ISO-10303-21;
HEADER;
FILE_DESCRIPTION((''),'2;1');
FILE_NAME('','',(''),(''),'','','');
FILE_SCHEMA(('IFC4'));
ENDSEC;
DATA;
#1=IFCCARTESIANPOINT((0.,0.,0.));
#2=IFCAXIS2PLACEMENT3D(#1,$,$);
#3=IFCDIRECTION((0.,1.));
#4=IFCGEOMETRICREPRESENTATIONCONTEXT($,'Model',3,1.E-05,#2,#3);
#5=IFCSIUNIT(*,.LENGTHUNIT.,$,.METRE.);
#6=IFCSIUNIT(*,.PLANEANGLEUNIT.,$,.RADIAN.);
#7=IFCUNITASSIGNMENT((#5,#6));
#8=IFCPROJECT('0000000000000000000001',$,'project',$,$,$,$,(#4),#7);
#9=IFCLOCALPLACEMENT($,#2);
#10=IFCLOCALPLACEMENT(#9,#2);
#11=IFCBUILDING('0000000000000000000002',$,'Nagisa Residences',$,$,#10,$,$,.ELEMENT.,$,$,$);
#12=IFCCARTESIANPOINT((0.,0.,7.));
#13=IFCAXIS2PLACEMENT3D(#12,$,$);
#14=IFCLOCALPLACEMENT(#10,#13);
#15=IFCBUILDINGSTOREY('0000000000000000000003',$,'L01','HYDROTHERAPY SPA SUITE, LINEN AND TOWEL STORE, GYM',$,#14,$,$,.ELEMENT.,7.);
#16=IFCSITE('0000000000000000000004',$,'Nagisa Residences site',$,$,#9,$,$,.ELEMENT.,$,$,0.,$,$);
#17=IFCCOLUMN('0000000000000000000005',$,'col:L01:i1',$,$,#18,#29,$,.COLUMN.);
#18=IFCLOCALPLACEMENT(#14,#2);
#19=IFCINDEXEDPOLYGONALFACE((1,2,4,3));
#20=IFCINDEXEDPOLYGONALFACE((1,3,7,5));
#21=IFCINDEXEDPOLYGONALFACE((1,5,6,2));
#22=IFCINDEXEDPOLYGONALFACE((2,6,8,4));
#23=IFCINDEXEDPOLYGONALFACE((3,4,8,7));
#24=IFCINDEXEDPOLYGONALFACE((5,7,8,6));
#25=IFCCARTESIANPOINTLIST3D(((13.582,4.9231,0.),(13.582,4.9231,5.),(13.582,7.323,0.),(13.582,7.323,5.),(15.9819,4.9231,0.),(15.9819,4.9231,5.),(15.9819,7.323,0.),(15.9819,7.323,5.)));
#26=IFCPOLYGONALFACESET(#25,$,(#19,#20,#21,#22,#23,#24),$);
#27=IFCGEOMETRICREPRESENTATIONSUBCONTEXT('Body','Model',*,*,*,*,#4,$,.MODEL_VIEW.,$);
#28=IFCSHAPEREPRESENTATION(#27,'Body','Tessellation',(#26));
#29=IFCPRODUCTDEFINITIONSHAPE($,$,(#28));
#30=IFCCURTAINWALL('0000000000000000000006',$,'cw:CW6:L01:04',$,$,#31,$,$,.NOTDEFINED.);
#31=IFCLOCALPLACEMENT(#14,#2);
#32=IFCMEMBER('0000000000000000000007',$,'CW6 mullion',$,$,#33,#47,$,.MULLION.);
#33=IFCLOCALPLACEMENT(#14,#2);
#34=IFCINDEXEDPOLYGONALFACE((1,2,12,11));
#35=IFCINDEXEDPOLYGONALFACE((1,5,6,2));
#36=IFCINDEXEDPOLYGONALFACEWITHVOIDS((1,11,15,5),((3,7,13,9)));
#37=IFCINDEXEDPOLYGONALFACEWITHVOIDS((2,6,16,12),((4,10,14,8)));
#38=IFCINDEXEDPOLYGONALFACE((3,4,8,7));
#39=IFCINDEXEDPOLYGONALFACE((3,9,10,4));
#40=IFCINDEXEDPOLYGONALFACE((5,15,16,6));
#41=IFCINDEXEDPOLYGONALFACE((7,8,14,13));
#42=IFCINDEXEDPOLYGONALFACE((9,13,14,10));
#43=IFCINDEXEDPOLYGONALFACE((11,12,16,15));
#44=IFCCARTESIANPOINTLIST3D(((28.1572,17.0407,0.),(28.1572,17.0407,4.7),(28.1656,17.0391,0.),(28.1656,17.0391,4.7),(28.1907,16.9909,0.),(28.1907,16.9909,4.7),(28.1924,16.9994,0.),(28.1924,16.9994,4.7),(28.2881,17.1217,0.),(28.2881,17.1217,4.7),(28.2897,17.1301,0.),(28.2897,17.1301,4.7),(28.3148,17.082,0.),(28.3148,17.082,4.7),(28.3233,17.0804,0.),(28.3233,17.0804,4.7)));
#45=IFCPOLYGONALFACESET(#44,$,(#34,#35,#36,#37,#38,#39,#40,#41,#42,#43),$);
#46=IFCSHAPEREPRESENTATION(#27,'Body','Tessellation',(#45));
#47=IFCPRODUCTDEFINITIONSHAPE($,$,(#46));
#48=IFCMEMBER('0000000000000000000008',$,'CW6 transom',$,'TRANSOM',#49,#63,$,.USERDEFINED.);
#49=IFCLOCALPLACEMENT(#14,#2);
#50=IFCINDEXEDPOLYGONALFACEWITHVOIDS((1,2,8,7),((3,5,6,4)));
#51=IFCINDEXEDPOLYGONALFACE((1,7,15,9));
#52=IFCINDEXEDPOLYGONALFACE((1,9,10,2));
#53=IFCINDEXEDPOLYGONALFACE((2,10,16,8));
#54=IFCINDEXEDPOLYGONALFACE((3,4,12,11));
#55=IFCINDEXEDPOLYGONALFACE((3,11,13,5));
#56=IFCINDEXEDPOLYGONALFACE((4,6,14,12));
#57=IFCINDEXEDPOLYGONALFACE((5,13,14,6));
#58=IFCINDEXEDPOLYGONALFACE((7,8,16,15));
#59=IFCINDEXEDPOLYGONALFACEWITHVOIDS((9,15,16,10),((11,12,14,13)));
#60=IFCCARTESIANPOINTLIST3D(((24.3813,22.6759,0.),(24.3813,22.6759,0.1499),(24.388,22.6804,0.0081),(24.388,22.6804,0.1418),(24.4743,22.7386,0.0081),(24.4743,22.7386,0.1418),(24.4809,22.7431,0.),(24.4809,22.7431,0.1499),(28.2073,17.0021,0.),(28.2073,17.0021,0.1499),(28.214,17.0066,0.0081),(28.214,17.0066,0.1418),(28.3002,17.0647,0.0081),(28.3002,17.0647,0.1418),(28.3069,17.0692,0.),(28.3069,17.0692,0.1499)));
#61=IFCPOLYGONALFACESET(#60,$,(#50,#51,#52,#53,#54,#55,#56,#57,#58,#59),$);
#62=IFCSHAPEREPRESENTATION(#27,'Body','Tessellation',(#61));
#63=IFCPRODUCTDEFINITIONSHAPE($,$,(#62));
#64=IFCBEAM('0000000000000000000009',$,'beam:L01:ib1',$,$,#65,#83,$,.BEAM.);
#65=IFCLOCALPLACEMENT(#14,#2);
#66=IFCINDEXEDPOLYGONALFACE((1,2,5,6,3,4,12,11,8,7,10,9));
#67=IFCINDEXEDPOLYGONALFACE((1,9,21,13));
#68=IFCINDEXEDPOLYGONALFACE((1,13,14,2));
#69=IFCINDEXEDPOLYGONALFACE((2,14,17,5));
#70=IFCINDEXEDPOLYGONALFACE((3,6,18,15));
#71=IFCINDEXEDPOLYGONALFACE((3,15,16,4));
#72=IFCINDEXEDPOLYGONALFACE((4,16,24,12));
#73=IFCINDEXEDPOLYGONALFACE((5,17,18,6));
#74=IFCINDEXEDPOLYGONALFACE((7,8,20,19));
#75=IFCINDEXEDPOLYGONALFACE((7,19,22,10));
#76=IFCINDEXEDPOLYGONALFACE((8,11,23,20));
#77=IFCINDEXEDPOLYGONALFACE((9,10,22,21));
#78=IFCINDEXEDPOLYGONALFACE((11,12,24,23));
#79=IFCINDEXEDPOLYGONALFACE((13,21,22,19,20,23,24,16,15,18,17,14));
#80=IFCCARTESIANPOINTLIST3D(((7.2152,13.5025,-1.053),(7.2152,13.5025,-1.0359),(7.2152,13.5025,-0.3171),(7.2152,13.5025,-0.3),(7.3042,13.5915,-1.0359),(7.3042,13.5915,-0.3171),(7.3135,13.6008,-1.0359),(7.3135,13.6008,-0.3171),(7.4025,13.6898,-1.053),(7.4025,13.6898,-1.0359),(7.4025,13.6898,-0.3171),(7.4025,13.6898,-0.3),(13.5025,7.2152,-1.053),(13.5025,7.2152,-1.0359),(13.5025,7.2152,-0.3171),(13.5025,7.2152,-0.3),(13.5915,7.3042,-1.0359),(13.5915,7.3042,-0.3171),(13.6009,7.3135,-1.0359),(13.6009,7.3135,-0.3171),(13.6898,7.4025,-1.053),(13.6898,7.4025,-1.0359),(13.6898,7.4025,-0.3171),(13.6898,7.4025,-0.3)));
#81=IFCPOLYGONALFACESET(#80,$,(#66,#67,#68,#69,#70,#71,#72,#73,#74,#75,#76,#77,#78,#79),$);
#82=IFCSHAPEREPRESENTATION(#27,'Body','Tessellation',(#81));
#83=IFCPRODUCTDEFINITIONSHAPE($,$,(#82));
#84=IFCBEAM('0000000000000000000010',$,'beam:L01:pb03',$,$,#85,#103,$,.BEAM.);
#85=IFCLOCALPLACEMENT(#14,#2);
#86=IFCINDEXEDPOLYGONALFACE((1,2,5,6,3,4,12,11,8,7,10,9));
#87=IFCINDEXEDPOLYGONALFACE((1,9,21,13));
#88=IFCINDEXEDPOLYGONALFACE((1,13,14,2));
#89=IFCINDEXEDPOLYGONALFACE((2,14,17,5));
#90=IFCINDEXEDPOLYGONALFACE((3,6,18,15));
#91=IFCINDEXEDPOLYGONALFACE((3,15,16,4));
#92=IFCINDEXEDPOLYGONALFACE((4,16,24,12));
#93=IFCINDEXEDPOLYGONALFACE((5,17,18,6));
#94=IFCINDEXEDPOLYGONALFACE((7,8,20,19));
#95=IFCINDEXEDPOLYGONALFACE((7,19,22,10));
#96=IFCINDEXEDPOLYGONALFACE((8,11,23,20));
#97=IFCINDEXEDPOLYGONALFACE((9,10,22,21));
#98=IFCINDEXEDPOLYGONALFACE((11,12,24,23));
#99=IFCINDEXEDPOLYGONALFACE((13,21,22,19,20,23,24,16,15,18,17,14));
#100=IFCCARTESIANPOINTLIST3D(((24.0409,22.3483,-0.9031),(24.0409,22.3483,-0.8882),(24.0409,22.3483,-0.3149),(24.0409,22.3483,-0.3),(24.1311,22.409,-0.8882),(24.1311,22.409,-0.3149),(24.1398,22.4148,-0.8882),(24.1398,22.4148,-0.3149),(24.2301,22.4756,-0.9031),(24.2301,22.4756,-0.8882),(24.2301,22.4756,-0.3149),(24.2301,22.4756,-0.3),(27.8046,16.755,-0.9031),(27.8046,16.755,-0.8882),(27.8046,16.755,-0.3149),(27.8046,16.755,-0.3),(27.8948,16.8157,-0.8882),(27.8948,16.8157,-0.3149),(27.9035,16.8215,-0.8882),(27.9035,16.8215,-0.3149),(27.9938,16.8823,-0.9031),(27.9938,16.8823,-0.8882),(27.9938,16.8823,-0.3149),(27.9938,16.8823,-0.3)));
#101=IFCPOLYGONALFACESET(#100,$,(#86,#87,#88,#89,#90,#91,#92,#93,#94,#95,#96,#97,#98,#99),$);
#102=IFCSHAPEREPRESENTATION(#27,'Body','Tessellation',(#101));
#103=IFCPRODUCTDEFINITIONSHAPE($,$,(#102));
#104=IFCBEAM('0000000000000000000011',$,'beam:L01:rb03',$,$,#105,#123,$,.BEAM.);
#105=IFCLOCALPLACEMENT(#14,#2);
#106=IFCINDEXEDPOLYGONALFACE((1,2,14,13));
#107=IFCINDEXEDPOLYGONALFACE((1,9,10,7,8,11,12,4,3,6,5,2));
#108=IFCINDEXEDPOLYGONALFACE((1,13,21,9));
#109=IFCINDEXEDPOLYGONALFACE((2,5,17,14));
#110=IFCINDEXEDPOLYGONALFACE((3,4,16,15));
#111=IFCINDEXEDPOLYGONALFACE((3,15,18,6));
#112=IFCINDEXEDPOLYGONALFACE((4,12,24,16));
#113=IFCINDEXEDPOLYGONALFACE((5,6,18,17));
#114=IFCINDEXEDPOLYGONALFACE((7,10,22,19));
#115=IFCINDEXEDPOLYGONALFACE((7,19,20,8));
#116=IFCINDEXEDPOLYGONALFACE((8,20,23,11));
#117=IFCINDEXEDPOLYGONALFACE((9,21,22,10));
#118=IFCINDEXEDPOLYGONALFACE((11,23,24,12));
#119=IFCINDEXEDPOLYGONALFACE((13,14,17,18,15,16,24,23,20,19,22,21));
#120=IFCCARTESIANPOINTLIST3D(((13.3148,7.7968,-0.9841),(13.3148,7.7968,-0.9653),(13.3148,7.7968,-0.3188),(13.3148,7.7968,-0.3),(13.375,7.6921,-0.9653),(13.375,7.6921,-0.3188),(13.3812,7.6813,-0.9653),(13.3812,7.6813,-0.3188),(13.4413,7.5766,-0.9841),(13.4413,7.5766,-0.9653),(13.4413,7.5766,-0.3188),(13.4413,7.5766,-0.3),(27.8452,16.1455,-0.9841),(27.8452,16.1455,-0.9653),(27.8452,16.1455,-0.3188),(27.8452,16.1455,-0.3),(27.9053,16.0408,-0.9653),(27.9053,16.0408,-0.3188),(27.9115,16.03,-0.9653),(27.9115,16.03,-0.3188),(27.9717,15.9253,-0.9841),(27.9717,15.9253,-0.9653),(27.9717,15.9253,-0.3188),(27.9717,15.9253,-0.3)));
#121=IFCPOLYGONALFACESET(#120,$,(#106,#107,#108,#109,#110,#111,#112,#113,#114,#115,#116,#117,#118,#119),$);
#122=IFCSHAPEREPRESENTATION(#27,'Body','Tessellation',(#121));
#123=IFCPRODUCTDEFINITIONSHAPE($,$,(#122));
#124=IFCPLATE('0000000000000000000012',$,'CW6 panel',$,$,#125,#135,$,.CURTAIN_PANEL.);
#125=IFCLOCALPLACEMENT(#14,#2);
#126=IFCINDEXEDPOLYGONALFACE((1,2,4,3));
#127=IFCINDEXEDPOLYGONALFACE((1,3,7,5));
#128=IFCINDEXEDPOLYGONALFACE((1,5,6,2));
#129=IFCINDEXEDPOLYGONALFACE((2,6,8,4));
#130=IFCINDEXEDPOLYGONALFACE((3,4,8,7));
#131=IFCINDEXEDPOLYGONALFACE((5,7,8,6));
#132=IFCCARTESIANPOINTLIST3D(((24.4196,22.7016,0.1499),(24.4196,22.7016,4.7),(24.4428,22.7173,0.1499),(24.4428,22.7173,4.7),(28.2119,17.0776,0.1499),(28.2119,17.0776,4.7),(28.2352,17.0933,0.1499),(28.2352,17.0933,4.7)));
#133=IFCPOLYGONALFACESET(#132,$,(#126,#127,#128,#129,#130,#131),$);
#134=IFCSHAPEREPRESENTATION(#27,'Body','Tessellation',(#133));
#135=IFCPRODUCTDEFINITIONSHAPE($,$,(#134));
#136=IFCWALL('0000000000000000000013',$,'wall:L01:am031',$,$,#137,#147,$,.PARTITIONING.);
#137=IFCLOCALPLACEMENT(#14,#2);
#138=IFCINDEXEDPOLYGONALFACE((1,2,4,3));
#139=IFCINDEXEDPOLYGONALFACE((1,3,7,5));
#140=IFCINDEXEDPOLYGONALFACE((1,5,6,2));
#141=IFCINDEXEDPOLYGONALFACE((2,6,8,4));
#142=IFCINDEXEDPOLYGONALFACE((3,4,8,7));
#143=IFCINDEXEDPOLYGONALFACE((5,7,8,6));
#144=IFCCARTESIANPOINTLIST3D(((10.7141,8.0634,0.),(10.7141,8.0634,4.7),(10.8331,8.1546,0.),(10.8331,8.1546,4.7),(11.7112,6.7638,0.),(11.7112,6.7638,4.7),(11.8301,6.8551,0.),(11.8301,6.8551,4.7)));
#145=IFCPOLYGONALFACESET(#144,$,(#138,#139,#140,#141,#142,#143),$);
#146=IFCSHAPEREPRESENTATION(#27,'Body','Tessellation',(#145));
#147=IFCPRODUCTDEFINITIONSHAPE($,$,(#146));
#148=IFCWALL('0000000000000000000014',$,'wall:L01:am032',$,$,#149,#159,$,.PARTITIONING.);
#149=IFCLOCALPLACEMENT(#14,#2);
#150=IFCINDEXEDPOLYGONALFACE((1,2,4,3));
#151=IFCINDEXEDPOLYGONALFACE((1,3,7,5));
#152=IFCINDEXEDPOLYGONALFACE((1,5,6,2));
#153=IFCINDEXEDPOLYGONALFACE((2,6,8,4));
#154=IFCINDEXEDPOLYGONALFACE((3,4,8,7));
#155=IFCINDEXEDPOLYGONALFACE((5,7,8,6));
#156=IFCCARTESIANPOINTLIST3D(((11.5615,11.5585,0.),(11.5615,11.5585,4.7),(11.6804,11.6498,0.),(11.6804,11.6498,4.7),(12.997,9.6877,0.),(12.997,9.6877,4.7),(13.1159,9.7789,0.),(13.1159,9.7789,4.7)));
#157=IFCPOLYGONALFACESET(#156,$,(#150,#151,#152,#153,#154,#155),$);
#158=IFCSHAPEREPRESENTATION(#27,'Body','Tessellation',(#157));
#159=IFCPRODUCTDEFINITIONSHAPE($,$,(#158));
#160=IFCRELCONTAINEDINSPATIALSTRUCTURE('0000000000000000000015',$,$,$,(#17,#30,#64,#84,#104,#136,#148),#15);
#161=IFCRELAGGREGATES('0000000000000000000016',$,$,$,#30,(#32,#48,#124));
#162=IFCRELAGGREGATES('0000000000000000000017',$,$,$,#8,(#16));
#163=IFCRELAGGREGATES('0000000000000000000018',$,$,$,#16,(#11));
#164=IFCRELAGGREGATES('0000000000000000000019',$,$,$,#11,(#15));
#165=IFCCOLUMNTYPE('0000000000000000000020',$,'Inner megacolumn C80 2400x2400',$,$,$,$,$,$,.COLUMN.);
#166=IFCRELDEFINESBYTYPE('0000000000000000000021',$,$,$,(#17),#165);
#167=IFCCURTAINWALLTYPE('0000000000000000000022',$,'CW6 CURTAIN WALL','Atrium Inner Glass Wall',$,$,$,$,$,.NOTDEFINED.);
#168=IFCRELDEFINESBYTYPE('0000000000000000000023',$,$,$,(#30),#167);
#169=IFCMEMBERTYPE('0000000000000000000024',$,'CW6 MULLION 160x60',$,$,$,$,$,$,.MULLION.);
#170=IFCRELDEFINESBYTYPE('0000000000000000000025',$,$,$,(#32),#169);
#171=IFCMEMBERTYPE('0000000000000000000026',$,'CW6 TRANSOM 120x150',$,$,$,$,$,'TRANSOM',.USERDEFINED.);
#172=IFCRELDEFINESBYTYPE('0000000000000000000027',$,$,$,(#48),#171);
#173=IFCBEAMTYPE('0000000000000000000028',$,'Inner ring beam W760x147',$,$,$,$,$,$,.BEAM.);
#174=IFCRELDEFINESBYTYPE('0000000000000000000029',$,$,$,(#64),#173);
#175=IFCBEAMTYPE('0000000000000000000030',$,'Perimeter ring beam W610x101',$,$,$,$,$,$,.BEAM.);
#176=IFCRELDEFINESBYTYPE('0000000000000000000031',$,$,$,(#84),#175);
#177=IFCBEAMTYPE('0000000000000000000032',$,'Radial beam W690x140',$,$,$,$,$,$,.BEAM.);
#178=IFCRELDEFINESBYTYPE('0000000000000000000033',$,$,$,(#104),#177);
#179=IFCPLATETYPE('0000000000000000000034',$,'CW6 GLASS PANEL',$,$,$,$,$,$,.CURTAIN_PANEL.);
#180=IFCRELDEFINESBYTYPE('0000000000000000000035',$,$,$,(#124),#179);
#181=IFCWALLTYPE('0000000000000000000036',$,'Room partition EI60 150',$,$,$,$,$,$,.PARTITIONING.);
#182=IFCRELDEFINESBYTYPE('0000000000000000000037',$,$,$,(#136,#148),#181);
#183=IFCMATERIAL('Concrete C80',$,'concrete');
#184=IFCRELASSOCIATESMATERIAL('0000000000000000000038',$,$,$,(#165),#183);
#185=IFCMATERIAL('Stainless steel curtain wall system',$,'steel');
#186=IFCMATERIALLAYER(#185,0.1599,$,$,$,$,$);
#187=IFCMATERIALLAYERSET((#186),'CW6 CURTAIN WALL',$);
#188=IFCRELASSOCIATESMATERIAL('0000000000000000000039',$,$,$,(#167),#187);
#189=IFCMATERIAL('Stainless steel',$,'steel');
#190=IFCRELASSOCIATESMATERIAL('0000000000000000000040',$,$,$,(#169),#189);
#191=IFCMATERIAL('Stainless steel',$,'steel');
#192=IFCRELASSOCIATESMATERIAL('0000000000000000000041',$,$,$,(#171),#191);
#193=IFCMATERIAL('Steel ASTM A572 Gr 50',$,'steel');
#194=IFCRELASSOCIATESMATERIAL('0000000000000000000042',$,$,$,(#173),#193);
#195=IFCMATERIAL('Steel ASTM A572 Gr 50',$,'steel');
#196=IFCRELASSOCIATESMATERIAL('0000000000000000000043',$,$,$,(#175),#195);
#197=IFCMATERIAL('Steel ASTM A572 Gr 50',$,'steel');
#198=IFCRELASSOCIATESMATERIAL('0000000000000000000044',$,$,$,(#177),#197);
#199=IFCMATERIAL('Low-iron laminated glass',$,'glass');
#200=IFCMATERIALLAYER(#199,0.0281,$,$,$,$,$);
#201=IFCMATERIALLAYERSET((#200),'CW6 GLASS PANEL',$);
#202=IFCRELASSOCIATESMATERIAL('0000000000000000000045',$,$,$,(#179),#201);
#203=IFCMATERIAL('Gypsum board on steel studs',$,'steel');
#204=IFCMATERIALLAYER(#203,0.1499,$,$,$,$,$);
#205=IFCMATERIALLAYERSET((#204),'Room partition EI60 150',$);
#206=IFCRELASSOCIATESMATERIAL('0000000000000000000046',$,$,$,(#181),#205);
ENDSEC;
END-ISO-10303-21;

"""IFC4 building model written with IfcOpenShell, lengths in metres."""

from ifc_helpers import new_model, si_unit, direction, frame, frame_2d, origin, origin_2d, place, context, subcontext, project, spatial, rectangle, hollow_rectangle, i_section, extrude, material, layer, layer_set, material_profile, profile_set, type_object, element, aggregate, save


model = new_model("IFC4")

# Units and contexts
model_context = context("Model", 3, precision=1e-05, world=origin(), true_north=direction((0.0, 1.0)))
body_context = subcontext(model_context, "Body", "Model", "MODEL_VIEW")
ifc_project = project(units=[si_unit("LENGTHUNIT", "METRE"), si_unit("PLANEANGLEUNIT", "RADIAN")], contexts=[model_context])

# Site, building, storey
site_placement = place(None, origin())
site = spatial("IfcSite", under=ifc_project, at=site_placement, Name="Nagisa Residences site", CompositionType="ELEMENT", RefElevation=0.0)
building_placement = place(site_placement, origin())
building = spatial("IfcBuilding", under=site, at=building_placement, Name="Nagisa Residences", CompositionType="ELEMENT")
storey_placement = place(building_placement, frame((0.0, 0.0, 7.0)))
storey = spatial("IfcBuildingStorey", under=building, at=storey_placement, Name="L01", Description="HYDROTHERAPY SPA SUITE, LINEN AND TOWEL STORE, GYM", CompositionType="ELEMENT", Elevation=7.0)

# Column
ifc_material_1 = material(Name="Concrete C80", Category="concrete")
ifc_material_profile_1 = material_profile(ifc_material_1, rectangle(XDim=2.3999, YDim=2.3999, at=origin_2d()), Name="C80 2400x2400")
ifc_profile_set_1 = profile_set([ifc_material_profile_1], Name="Concrete C80")
column_type = type_object("IfcColumnType", Name="Inner megacolumn C80 2400x2400", PredefinedType="COLUMN", material=ifc_profile_set_1)
column_placement = place(storey_placement, frame((14.782, 6.123, 0.0), z_axis=(0.0, 0.0, 1.0), x_axis=(1.0, 0.0, 0.0)))
element("IfcColumn", 1, at=column_placement, inside=storey, type_object=column_type, Name="col:L01:i1", PredefinedType="COLUMN", context=body_context, shape_type="SweptSolid", body=[
    extrude(rectangle(XDim=2.3999, YDim=2.3999, at=origin_2d()), origin(), (0.0, 0.0, 1.0), 5.0),
])

# Curtain wall, members
ifc_material_2 = material(Name="Stainless steel curtain wall system", Category="steel")
ifc_layer_1 = layer(ifc_material_2, 0.1599)
ifc_layer_set_1 = layer_set([ifc_layer_1], Name="CW6 CURTAIN WALL")
curtain_wall_type = type_object("IfcCurtainWallType", Name="CW6 CURTAIN WALL", Description="Atrium Inner Glass Wall", PredefinedType="NOTDEFINED", material=ifc_layer_set_1)
curtain_wall_placement = place(storey_placement, origin())
curtain_wall = element("IfcCurtainWall", 2, at=curtain_wall_placement, inside=storey, type_object=curtain_wall_type, Name="cw:CW6:L01:04", PredefinedType="NOTDEFINED")
ifc_material_3 = material(Name="Stainless steel", Category="steel")
ifc_material_profile_2 = material_profile(ifc_material_3, hollow_rectangle(XDim=0.1599, YDim=0.0601, WallThickness=0.0061, at=origin_2d()), Name="CW6 MULLION 160x60")
ifc_profile_set_2 = profile_set([ifc_material_profile_2], Name="Stainless steel")
member_type_1 = type_object("IfcMemberType", Name="CW6 MULLION 160x60", PredefinedType="MULLION", material=ifc_profile_set_2)
member_1_placement = place(storey_placement, frame((28.2402, 17.0605, 0.0), z_axis=(0.0, 0.0, 1.0), x_axis=(-0.829111, -0.559084, 0.0)))
member_1 = element("IfcMember", 3, at=member_1_placement, type_object=member_type_1, Name="CW6 mullion", PredefinedType="MULLION", context=body_context, shape_type="SweptSolid", body=[
    extrude(hollow_rectangle(XDim=0.1599, YDim=0.0601, WallThickness=0.0061, at=origin_2d()), origin(), (0.0, 0.0, 1.0), 4.7),
])
ifc_material_4 = material(Name="Stainless steel", Category="steel")
ifc_material_profile_3 = material_profile(ifc_material_4, hollow_rectangle(XDim=0.1201, YDim=0.1499, WallThickness=0.0081, at=origin_2d()), Name="CW6 TRANSOM 120x150")
ifc_profile_set_3 = profile_set([ifc_material_profile_3], Name="Stainless steel")
member_type_2 = type_object("IfcMemberType", Name="CW6 TRANSOM 120x150", ElementType="TRANSOM", PredefinedType="USERDEFINED", material=ifc_profile_set_3)
member_2_placement = place(storey_placement, frame((28.2571, 17.0356, 0.075), z_axis=(-0.559081, 0.829113, 0.0), x_axis=(-0.829113, -0.559081, 0.0)))
member_2 = element("IfcMember", 4, at=member_2_placement, type_object=member_type_2, Name="CW6 transom", ObjectType="TRANSOM", PredefinedType="USERDEFINED", context=body_context, shape_type="SweptSolid", body=[
    extrude(hollow_rectangle(XDim=0.1201, YDim=0.1499, WallThickness=0.0081, at=origin_2d()), origin(), (0.0, 0.0, 1.0), 6.8433),
])

# Beams
ifc_material_5 = material(Name="Steel ASTM A572 Gr 50", Category="steel")
ifc_material_profile_4 = material_profile(ifc_material_5, i_section(OverallWidth=0.2649, OverallDepth=0.7529, WebThickness=0.0132, FlangeThickness=0.0171, at=origin_2d()), Name="W760x147")
ifc_profile_set_4 = profile_set([ifc_material_profile_4], Name="Steel ASTM A572 Gr 50")
beam_type_1 = type_object("IfcBeamType", Name="Inner ring beam W760x147", PredefinedType="BEAM", material=ifc_profile_set_4)
beam_1_placement = place(storey_placement, frame((13.5962, 7.3088, -0.6765), z_axis=(-0.707107, 0.707107, 0.0), x_axis=(-0.707107, -0.707107, 0.0)))
element("IfcBeam", 5, at=beam_1_placement, inside=storey, type_object=beam_type_1, Name="beam:L01:ib1", PredefinedType="BEAM", context=body_context, shape_type="SweptSolid", body=[
    extrude(i_section(OverallWidth=0.2649, OverallDepth=0.7529, WebThickness=0.0132, FlangeThickness=0.0171, at=origin_2d()), origin(), (0.0, 0.0, 1.0), 8.8916),
])
ifc_material_6 = material(Name="Steel ASTM A572 Gr 50", Category="steel")
ifc_material_profile_5 = material_profile(ifc_material_6, i_section(OverallWidth=0.228, OverallDepth=0.603, WebThickness=0.0105, FlangeThickness=0.0149, at=origin_2d()), Name="W610x101")
ifc_profile_set_5 = profile_set([ifc_material_profile_5], Name="Steel ASTM A572 Gr 50")
beam_type_2 = type_object("IfcBeamType", Name="Perimeter ring beam W610x101", PredefinedType="BEAM", material=ifc_profile_set_5)
beam_2_placement = place(storey_placement, frame((27.8992, 16.8186, -0.6016), z_axis=(-0.558272, 0.829658, 0.0), x_axis=(-0.829658, -0.558272, 0.0)))
element("IfcBeam", 6, at=beam_2_placement, inside=storey, type_object=beam_type_2, Name="beam:L01:pb03", PredefinedType="BEAM", context=body_context, shape_type="SweptSolid", body=[
    extrude(i_section(OverallWidth=0.228, OverallDepth=0.603, WebThickness=0.0105, FlangeThickness=0.0149, at=origin_2d()), origin(), (0.0, 0.0, 1.0), 6.7417),
])
ifc_material_7 = material(Name="Steel ASTM A572 Gr 50", Category="steel")
ifc_material_profile_6 = material_profile(ifc_material_7, i_section(OverallWidth=0.2539, OverallDepth=0.6841, WebThickness=0.0125, FlangeThickness=0.0188, at=origin_2d()), Name="W690x140")
ifc_profile_set_6 = profile_set([ifc_material_profile_6], Name="Steel ASTM A572 Gr 50")
beam_type_3 = type_object("IfcBeamType", Name="Radial beam W690x140", PredefinedType="BEAM", material=ifc_profile_set_6)
beam_3_placement = place(storey_placement, frame((27.9084, 16.0354, -0.6421), z_axis=(-0.867068, -0.49819, 0.0), x_axis=(0.49819, -0.867068, 0.0)))
element("IfcBeam", 7, at=beam_3_placement, inside=storey, type_object=beam_type_3, Name="beam:L01:rb03", PredefinedType="BEAM", context=body_context, shape_type="SweptSolid", body=[
    extrude(i_section(OverallWidth=0.2539, OverallDepth=0.6841, WebThickness=0.0125, FlangeThickness=0.0188, at=origin_2d()), origin(), (0.0, 0.0, 1.0), 16.7581),
])

# Plate
ifc_material_8 = material(Name="Low-iron laminated glass", Category="glass")
ifc_layer_2 = layer(ifc_material_8, 0.0281)
ifc_layer_set_2 = layer_set([ifc_layer_2], Name="CW6 GLASS PANEL")
plate_type = type_object("IfcPlateType", Name="CW6 GLASS PANEL", PredefinedType="CURTAIN_PANEL", material=ifc_layer_set_2)
plate_placement = place(storey_placement, frame((26.3274, 19.8975, 0.1499), z_axis=(0.0, 0.0, 1.0), x_axis=(-0.559084, 0.829111, 0.0)))
plate = element("IfcPlate", 8, at=plate_placement, type_object=plate_type, Name="CW6 panel", PredefinedType="CURTAIN_PANEL", context=body_context, shape_type="SweptSolid", body=[
    extrude(rectangle(XDim=6.7832, YDim=0.0281, at=origin_2d()), origin(), (0.0, 0.0, 1.0), 4.55),
])
aggregate(curtain_wall, [member_1, member_2, plate])

# Walls
ifc_material_9 = material(Name="Gypsum board on steel studs", Category="steel")
ifc_layer_3 = layer(ifc_material_9, 0.1499)
ifc_layer_set_3 = layer_set([ifc_layer_3], Name="Room partition EI60 150")
wall_type = type_object("IfcWallType", Name="Room partition EI60 150", PredefinedType="PARTITIONING", material=ifc_layer_set_3)
wall_1_placement = place(storey_placement, frame((10.7737, 8.1089, 0.0), z_axis=(0.0, 0.0, 1.0), x_axis=(0.608716, -0.793388, 0.0)))
element("IfcWall", 9, at=wall_1_placement, inside=storey, type_object=wall_type, Name="wall:L01:am031", PredefinedType="PARTITIONING", context=body_context, shape_type="SweptSolid", body=[
    extrude(rectangle(XDim=1.6379, YDim=0.1499, at=frame_2d((0.8188, 0.0))), origin(), (0.0, 0.0, 1.0), 4.7),
])
wall_2_placement = place(storey_placement, frame((11.6208, 11.6042, 0.0), z_axis=(0.0, 0.0, 1.0), x_axis=(0.60876, -0.793355, 0.0)))
element("IfcWall", 10, at=wall_2_placement, inside=storey, type_object=wall_type, Name="wall:L01:am032", PredefinedType="PARTITIONING", context=body_context, shape_type="SweptSolid", body=[
    extrude(rectangle(XDim=2.3582, YDim=0.1499, at=frame_2d((1.1792, 0.0))), origin(), (0.0, 0.0, 1.0), 4.7),
])

save(model, "model.ifc")
